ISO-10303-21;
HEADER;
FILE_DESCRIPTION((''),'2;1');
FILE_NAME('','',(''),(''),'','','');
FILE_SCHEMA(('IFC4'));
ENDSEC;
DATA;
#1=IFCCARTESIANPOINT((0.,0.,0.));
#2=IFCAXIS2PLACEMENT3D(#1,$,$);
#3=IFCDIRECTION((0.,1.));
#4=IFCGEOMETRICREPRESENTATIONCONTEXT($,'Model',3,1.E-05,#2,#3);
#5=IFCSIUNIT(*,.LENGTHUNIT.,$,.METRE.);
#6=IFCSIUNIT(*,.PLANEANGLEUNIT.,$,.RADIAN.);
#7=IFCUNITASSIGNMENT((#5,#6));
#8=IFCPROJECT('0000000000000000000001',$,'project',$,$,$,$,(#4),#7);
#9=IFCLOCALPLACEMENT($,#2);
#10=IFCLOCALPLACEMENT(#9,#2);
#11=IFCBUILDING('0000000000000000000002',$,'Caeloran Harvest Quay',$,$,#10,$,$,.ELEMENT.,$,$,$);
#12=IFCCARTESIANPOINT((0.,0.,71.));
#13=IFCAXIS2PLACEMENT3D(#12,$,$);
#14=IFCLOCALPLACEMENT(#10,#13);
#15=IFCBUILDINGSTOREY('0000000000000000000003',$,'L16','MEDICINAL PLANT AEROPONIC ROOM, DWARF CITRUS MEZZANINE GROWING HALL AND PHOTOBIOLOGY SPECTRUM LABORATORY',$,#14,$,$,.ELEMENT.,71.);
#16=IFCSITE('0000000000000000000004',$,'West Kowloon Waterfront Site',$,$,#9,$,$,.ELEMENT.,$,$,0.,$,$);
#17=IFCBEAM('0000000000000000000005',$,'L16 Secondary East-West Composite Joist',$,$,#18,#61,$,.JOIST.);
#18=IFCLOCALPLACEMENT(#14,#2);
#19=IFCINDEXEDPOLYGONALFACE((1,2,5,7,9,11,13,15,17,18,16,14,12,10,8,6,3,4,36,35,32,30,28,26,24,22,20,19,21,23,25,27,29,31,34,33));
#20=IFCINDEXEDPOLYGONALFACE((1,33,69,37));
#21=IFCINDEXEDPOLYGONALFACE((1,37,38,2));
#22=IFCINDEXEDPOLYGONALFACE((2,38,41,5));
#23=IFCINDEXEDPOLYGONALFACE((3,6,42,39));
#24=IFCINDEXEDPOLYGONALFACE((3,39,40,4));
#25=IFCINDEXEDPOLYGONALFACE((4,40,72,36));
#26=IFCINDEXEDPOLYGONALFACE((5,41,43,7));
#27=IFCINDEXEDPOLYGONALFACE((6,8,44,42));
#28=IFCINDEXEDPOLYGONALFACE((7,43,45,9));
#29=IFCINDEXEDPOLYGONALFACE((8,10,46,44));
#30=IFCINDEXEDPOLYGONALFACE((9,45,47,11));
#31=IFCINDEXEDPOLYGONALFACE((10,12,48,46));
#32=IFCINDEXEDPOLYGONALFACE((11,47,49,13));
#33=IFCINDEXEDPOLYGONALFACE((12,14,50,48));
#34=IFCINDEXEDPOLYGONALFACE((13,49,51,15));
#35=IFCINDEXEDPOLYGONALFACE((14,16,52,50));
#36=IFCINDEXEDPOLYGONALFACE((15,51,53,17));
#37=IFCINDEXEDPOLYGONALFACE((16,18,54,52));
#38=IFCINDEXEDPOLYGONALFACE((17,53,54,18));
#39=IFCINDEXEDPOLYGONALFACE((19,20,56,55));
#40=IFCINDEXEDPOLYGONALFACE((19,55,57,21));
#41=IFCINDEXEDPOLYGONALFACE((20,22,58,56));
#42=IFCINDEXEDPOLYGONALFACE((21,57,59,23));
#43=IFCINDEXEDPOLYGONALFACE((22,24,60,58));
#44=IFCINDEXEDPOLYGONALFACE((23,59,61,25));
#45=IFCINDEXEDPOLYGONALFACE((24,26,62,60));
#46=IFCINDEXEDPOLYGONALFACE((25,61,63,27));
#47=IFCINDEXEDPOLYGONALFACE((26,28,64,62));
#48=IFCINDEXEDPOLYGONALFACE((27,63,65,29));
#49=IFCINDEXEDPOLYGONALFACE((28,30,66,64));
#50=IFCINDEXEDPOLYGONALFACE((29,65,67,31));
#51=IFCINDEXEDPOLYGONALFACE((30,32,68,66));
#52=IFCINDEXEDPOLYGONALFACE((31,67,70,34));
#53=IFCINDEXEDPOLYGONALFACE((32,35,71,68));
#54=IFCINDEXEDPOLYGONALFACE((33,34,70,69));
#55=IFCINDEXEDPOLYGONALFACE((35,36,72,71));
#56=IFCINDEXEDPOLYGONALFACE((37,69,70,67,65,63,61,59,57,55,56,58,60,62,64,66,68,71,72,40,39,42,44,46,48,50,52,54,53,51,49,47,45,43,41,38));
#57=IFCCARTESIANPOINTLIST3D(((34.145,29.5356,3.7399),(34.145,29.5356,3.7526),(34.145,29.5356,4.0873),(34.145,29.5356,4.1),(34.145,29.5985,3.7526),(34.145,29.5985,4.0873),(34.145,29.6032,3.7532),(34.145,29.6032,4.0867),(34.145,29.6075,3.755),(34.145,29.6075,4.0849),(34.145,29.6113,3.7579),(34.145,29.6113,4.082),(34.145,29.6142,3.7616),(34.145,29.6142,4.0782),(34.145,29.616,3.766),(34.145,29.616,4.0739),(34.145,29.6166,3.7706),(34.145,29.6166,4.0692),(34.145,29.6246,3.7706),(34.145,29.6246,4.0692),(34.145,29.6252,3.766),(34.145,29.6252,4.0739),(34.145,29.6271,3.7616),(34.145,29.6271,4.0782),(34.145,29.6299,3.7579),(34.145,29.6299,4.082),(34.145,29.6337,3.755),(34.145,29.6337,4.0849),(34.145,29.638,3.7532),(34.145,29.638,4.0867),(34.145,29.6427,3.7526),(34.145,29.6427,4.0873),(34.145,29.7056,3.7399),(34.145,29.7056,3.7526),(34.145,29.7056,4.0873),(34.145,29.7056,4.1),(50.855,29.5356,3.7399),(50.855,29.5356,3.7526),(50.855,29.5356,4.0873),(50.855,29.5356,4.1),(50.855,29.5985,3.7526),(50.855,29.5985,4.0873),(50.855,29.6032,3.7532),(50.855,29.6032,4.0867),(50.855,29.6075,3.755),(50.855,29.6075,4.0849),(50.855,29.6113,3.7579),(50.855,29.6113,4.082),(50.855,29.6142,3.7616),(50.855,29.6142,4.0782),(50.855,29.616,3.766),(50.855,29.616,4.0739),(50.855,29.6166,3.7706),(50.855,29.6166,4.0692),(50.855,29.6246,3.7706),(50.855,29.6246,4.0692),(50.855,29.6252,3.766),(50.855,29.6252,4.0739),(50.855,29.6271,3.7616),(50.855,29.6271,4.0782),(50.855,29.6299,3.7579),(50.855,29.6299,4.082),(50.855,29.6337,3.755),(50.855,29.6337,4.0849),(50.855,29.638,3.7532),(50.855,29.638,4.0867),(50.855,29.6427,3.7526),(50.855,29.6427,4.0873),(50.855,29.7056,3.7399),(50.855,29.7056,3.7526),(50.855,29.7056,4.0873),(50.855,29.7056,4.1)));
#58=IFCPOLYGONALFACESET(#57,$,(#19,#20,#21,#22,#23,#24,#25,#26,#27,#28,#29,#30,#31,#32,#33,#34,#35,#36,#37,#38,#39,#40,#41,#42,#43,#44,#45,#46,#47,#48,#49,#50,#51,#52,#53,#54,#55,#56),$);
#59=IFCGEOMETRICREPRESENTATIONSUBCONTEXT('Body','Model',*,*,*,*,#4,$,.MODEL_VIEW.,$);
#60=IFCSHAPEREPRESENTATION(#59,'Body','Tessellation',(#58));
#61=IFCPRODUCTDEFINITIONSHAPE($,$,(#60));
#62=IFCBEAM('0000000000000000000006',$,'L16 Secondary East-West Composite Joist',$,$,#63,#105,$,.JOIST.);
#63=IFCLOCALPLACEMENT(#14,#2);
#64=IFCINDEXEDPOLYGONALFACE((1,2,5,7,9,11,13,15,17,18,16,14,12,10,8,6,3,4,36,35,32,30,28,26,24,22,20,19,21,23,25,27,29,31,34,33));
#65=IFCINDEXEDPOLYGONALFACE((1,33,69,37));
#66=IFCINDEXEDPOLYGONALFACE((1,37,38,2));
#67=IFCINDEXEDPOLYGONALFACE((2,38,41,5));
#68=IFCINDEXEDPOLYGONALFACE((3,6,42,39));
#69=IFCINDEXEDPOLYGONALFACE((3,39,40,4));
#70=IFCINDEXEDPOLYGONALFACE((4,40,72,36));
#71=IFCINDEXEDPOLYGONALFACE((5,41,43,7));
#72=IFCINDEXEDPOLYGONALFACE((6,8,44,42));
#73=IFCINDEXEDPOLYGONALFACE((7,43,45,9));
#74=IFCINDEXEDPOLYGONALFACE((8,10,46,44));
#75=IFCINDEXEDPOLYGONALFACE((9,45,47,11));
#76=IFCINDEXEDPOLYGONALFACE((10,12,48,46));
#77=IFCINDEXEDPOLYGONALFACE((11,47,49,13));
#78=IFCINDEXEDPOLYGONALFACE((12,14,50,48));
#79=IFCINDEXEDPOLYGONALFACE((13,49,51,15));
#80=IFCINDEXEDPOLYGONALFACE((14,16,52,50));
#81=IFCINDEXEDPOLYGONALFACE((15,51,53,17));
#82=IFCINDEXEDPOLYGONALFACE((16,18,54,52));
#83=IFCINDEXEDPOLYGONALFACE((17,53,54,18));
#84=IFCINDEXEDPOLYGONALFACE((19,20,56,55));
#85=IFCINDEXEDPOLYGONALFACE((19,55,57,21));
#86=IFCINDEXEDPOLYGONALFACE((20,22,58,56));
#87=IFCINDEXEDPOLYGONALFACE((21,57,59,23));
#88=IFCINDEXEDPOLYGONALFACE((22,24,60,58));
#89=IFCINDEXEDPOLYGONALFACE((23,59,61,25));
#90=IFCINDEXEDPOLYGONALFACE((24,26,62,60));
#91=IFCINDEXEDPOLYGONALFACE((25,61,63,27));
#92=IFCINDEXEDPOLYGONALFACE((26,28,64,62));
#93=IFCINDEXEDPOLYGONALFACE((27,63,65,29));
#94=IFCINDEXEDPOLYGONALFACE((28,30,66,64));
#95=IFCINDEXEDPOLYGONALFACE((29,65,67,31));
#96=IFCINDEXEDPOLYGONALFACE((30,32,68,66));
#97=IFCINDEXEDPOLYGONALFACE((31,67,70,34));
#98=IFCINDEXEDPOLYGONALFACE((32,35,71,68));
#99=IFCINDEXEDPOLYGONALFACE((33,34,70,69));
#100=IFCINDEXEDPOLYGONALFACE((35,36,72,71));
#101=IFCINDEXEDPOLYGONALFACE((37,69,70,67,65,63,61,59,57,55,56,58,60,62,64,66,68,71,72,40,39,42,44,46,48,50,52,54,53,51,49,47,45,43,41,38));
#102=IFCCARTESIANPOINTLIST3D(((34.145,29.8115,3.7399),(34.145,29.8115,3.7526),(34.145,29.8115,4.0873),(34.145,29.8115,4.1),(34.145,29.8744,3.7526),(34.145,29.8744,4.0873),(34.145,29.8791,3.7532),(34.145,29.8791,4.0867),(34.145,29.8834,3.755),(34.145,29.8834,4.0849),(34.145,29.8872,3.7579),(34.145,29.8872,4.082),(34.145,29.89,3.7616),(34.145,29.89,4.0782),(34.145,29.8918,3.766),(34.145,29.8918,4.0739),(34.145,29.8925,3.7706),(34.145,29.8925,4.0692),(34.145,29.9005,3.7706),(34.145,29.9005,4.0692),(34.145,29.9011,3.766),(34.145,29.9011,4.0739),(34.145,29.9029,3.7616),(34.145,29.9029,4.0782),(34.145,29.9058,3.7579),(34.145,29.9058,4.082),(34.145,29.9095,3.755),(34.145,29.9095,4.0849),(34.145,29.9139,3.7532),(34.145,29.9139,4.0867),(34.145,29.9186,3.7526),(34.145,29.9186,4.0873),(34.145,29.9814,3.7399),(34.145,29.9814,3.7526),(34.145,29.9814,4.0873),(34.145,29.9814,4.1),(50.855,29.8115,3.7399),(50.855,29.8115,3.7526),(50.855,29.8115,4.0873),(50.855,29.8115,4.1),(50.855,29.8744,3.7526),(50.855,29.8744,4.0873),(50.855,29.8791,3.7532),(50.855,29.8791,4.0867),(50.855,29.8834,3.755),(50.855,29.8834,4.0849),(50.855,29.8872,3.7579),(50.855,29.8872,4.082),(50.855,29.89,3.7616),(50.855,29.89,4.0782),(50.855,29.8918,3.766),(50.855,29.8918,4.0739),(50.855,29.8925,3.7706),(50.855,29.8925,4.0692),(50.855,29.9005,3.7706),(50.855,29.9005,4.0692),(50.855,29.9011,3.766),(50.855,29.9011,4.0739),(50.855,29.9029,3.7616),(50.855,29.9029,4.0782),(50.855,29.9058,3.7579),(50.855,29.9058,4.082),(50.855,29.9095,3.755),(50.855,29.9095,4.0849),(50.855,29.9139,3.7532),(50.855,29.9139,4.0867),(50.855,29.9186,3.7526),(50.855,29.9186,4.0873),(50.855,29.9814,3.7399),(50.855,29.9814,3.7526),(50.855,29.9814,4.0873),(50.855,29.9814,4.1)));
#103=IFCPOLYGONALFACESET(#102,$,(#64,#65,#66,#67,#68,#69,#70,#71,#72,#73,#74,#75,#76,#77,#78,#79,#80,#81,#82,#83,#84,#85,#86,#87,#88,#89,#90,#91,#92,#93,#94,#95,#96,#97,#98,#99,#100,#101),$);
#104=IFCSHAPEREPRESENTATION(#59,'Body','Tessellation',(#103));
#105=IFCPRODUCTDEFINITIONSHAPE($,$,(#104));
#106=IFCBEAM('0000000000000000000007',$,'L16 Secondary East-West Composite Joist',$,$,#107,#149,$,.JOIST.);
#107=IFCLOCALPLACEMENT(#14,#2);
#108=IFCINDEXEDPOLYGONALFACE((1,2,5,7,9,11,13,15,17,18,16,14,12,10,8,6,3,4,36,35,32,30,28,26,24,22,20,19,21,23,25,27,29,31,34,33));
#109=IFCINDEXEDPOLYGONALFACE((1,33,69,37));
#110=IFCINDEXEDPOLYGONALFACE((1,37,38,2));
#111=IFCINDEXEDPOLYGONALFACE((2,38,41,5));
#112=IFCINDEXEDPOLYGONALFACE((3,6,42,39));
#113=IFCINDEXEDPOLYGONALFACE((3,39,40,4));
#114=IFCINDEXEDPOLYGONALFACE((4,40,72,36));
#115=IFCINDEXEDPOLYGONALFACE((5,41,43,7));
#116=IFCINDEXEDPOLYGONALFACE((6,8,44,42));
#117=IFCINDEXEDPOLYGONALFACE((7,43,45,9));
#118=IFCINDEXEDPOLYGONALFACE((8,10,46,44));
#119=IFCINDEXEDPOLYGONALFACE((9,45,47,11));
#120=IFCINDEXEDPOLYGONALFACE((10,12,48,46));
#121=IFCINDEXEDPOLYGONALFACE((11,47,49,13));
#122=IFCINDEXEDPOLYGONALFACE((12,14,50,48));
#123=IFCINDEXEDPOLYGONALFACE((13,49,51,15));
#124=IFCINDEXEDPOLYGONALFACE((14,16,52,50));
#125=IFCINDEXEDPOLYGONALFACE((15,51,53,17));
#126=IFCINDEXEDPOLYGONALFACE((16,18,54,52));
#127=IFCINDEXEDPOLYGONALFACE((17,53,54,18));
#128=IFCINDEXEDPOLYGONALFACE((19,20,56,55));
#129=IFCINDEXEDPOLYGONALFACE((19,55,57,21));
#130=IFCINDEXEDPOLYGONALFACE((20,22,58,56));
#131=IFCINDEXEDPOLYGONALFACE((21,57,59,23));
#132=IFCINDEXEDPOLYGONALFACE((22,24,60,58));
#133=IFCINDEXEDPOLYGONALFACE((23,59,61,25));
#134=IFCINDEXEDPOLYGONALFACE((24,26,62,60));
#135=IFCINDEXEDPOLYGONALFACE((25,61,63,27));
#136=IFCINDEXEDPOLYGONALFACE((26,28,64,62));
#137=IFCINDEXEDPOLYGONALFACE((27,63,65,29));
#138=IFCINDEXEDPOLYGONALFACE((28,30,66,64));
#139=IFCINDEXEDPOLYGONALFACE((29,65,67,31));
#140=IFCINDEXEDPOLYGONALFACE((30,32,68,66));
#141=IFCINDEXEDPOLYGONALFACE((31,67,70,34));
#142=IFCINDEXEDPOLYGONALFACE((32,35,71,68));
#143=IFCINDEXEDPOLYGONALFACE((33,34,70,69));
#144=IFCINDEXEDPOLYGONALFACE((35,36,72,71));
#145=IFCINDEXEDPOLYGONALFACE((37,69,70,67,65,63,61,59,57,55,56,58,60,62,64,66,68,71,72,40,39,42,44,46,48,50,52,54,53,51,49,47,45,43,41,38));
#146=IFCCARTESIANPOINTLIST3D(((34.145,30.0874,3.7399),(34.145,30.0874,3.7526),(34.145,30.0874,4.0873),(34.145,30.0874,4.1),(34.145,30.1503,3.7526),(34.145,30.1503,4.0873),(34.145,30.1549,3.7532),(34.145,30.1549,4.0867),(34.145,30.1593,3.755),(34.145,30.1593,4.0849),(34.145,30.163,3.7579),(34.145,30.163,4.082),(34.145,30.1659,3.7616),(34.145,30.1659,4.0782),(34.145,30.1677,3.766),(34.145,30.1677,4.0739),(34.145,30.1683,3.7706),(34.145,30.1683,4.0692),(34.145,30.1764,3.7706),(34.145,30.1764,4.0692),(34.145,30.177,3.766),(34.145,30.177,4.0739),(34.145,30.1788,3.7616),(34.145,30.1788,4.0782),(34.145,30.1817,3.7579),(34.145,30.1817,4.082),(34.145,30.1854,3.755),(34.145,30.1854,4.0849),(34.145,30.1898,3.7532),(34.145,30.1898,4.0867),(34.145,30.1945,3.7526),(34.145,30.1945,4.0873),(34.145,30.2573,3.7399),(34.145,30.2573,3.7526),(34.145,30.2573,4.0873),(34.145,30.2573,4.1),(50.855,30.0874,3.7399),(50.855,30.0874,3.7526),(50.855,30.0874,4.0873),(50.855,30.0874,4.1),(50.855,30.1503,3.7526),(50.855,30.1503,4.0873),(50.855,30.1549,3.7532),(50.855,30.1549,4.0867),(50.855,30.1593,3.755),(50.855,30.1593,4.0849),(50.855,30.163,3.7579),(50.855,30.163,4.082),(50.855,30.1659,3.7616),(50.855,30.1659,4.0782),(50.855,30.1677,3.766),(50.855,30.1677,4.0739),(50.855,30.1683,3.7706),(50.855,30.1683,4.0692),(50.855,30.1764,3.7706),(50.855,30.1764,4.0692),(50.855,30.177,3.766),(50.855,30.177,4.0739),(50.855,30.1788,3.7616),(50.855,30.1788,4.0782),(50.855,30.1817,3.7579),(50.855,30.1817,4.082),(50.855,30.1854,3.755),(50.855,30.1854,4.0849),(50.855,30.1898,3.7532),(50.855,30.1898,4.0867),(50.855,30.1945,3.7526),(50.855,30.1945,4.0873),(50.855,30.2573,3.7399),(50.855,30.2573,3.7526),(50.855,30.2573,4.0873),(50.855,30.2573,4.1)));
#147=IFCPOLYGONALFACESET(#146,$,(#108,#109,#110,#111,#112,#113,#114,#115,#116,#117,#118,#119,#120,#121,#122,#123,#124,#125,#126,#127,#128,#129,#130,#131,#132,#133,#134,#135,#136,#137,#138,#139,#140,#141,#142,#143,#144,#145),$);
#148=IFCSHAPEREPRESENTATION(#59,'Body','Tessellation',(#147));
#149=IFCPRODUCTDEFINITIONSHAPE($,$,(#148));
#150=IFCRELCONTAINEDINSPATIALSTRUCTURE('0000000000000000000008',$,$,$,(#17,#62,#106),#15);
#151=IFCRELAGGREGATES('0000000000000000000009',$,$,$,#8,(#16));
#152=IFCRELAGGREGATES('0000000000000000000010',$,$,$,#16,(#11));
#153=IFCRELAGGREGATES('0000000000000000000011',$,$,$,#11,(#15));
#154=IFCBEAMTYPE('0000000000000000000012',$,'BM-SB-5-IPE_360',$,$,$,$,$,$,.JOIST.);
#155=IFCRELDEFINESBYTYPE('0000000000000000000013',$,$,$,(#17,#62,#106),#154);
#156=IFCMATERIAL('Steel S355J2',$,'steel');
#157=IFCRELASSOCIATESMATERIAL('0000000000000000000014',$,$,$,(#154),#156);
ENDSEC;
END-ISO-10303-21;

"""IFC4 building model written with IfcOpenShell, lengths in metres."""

from ifc_helpers import new_model, si_unit, direction, frame, origin, origin_2d, place, context, subcontext, project, spatial, i_section, extrude, material, material_profile, profile_set, type_object, element, save


model = new_model("IFC4")

# Units and contexts
model_context = context("Model", 3, precision=1e-05, world=origin(), true_north=direction((0.0, 1.0)))
body_context = subcontext(model_context, "Body", "Model", "MODEL_VIEW")
ifc_project = project(units=[si_unit("LENGTHUNIT", "METRE"), si_unit("PLANEANGLEUNIT", "RADIAN")], contexts=[model_context])

# Site, building, storey
site_placement = place(None, origin())
site = spatial("IfcSite", under=ifc_project, at=site_placement, Name="West Kowloon Waterfront Site", CompositionType="ELEMENT", RefElevation=0.0)
building_placement = place(site_placement, origin())
building = spatial("IfcBuilding", under=site, at=building_placement, Name="Caeloran Harvest Quay", CompositionType="ELEMENT")
storey_placement = place(building_placement, frame((0.0, 0.0, 71.0)))
storey = spatial("IfcBuildingStorey", under=building, at=storey_placement, Name="L16", Description="MEDICINAL PLANT AEROPONIC ROOM, DWARF CITRUS MEZZANINE GROWING HALL AND PHOTOBIOLOGY SPECTRUM LABORATORY", CompositionType="ELEMENT", Elevation=71.0)

# Beams
ifc_material_1 = material(Name="Steel S355J2", Category="steel")
ifc_material_profile_1 = material_profile(ifc_material_1, i_section(OverallWidth=0.1699, OverallDepth=0.3601, WebThickness=0.0081, FlangeThickness=0.0127, FilletRadius=0.0181, at=origin_2d()), Name="IPE 360")
ifc_profile_set_1 = profile_set([ifc_material_profile_1], Name="Steel S355J2")
beam_type_1 = type_object("IfcBeamType", Name="BM-SB-5-IPE_360", PredefinedType="JOIST", material=ifc_profile_set_1)
for number, where, z_axis, x_axis, name in (
    (1, (34.145, 29.6206, 3.9199), (1.0, 0.0, 0.0), (0.0, 1.0, 0.0), "L16 Secondary East-West Composite Joist"),
    (2, (34.145, 29.8965, 3.9199), (1.0, 0.0, 0.0), (0.0, 1.0, 0.0), "L16 Secondary East-West Composite Joist"),
    (3, (34.145, 30.1724, 3.9199), (1.0, 0.0, 0.0), (0.0, 1.0, 0.0), "L16 Secondary East-West Composite Joist"),
):
    element("IfcBeam", number, at=place(storey_placement, frame(where, z_axis=z_axis, x_axis=x_axis)), inside=storey, type_object=beam_type_1, Name=name, PredefinedType="JOIST", context=body_context, shape_type="SweptSolid", body=[
        extrude(i_section(OverallWidth=0.1699, OverallDepth=0.3601, WebThickness=0.0081, FlangeThickness=0.0127, FilletRadius=0.0181, at=origin_2d()), origin(), (0.0, 0.0, 1.0), 16.71),
    ])

save(model, "model.ifc")
